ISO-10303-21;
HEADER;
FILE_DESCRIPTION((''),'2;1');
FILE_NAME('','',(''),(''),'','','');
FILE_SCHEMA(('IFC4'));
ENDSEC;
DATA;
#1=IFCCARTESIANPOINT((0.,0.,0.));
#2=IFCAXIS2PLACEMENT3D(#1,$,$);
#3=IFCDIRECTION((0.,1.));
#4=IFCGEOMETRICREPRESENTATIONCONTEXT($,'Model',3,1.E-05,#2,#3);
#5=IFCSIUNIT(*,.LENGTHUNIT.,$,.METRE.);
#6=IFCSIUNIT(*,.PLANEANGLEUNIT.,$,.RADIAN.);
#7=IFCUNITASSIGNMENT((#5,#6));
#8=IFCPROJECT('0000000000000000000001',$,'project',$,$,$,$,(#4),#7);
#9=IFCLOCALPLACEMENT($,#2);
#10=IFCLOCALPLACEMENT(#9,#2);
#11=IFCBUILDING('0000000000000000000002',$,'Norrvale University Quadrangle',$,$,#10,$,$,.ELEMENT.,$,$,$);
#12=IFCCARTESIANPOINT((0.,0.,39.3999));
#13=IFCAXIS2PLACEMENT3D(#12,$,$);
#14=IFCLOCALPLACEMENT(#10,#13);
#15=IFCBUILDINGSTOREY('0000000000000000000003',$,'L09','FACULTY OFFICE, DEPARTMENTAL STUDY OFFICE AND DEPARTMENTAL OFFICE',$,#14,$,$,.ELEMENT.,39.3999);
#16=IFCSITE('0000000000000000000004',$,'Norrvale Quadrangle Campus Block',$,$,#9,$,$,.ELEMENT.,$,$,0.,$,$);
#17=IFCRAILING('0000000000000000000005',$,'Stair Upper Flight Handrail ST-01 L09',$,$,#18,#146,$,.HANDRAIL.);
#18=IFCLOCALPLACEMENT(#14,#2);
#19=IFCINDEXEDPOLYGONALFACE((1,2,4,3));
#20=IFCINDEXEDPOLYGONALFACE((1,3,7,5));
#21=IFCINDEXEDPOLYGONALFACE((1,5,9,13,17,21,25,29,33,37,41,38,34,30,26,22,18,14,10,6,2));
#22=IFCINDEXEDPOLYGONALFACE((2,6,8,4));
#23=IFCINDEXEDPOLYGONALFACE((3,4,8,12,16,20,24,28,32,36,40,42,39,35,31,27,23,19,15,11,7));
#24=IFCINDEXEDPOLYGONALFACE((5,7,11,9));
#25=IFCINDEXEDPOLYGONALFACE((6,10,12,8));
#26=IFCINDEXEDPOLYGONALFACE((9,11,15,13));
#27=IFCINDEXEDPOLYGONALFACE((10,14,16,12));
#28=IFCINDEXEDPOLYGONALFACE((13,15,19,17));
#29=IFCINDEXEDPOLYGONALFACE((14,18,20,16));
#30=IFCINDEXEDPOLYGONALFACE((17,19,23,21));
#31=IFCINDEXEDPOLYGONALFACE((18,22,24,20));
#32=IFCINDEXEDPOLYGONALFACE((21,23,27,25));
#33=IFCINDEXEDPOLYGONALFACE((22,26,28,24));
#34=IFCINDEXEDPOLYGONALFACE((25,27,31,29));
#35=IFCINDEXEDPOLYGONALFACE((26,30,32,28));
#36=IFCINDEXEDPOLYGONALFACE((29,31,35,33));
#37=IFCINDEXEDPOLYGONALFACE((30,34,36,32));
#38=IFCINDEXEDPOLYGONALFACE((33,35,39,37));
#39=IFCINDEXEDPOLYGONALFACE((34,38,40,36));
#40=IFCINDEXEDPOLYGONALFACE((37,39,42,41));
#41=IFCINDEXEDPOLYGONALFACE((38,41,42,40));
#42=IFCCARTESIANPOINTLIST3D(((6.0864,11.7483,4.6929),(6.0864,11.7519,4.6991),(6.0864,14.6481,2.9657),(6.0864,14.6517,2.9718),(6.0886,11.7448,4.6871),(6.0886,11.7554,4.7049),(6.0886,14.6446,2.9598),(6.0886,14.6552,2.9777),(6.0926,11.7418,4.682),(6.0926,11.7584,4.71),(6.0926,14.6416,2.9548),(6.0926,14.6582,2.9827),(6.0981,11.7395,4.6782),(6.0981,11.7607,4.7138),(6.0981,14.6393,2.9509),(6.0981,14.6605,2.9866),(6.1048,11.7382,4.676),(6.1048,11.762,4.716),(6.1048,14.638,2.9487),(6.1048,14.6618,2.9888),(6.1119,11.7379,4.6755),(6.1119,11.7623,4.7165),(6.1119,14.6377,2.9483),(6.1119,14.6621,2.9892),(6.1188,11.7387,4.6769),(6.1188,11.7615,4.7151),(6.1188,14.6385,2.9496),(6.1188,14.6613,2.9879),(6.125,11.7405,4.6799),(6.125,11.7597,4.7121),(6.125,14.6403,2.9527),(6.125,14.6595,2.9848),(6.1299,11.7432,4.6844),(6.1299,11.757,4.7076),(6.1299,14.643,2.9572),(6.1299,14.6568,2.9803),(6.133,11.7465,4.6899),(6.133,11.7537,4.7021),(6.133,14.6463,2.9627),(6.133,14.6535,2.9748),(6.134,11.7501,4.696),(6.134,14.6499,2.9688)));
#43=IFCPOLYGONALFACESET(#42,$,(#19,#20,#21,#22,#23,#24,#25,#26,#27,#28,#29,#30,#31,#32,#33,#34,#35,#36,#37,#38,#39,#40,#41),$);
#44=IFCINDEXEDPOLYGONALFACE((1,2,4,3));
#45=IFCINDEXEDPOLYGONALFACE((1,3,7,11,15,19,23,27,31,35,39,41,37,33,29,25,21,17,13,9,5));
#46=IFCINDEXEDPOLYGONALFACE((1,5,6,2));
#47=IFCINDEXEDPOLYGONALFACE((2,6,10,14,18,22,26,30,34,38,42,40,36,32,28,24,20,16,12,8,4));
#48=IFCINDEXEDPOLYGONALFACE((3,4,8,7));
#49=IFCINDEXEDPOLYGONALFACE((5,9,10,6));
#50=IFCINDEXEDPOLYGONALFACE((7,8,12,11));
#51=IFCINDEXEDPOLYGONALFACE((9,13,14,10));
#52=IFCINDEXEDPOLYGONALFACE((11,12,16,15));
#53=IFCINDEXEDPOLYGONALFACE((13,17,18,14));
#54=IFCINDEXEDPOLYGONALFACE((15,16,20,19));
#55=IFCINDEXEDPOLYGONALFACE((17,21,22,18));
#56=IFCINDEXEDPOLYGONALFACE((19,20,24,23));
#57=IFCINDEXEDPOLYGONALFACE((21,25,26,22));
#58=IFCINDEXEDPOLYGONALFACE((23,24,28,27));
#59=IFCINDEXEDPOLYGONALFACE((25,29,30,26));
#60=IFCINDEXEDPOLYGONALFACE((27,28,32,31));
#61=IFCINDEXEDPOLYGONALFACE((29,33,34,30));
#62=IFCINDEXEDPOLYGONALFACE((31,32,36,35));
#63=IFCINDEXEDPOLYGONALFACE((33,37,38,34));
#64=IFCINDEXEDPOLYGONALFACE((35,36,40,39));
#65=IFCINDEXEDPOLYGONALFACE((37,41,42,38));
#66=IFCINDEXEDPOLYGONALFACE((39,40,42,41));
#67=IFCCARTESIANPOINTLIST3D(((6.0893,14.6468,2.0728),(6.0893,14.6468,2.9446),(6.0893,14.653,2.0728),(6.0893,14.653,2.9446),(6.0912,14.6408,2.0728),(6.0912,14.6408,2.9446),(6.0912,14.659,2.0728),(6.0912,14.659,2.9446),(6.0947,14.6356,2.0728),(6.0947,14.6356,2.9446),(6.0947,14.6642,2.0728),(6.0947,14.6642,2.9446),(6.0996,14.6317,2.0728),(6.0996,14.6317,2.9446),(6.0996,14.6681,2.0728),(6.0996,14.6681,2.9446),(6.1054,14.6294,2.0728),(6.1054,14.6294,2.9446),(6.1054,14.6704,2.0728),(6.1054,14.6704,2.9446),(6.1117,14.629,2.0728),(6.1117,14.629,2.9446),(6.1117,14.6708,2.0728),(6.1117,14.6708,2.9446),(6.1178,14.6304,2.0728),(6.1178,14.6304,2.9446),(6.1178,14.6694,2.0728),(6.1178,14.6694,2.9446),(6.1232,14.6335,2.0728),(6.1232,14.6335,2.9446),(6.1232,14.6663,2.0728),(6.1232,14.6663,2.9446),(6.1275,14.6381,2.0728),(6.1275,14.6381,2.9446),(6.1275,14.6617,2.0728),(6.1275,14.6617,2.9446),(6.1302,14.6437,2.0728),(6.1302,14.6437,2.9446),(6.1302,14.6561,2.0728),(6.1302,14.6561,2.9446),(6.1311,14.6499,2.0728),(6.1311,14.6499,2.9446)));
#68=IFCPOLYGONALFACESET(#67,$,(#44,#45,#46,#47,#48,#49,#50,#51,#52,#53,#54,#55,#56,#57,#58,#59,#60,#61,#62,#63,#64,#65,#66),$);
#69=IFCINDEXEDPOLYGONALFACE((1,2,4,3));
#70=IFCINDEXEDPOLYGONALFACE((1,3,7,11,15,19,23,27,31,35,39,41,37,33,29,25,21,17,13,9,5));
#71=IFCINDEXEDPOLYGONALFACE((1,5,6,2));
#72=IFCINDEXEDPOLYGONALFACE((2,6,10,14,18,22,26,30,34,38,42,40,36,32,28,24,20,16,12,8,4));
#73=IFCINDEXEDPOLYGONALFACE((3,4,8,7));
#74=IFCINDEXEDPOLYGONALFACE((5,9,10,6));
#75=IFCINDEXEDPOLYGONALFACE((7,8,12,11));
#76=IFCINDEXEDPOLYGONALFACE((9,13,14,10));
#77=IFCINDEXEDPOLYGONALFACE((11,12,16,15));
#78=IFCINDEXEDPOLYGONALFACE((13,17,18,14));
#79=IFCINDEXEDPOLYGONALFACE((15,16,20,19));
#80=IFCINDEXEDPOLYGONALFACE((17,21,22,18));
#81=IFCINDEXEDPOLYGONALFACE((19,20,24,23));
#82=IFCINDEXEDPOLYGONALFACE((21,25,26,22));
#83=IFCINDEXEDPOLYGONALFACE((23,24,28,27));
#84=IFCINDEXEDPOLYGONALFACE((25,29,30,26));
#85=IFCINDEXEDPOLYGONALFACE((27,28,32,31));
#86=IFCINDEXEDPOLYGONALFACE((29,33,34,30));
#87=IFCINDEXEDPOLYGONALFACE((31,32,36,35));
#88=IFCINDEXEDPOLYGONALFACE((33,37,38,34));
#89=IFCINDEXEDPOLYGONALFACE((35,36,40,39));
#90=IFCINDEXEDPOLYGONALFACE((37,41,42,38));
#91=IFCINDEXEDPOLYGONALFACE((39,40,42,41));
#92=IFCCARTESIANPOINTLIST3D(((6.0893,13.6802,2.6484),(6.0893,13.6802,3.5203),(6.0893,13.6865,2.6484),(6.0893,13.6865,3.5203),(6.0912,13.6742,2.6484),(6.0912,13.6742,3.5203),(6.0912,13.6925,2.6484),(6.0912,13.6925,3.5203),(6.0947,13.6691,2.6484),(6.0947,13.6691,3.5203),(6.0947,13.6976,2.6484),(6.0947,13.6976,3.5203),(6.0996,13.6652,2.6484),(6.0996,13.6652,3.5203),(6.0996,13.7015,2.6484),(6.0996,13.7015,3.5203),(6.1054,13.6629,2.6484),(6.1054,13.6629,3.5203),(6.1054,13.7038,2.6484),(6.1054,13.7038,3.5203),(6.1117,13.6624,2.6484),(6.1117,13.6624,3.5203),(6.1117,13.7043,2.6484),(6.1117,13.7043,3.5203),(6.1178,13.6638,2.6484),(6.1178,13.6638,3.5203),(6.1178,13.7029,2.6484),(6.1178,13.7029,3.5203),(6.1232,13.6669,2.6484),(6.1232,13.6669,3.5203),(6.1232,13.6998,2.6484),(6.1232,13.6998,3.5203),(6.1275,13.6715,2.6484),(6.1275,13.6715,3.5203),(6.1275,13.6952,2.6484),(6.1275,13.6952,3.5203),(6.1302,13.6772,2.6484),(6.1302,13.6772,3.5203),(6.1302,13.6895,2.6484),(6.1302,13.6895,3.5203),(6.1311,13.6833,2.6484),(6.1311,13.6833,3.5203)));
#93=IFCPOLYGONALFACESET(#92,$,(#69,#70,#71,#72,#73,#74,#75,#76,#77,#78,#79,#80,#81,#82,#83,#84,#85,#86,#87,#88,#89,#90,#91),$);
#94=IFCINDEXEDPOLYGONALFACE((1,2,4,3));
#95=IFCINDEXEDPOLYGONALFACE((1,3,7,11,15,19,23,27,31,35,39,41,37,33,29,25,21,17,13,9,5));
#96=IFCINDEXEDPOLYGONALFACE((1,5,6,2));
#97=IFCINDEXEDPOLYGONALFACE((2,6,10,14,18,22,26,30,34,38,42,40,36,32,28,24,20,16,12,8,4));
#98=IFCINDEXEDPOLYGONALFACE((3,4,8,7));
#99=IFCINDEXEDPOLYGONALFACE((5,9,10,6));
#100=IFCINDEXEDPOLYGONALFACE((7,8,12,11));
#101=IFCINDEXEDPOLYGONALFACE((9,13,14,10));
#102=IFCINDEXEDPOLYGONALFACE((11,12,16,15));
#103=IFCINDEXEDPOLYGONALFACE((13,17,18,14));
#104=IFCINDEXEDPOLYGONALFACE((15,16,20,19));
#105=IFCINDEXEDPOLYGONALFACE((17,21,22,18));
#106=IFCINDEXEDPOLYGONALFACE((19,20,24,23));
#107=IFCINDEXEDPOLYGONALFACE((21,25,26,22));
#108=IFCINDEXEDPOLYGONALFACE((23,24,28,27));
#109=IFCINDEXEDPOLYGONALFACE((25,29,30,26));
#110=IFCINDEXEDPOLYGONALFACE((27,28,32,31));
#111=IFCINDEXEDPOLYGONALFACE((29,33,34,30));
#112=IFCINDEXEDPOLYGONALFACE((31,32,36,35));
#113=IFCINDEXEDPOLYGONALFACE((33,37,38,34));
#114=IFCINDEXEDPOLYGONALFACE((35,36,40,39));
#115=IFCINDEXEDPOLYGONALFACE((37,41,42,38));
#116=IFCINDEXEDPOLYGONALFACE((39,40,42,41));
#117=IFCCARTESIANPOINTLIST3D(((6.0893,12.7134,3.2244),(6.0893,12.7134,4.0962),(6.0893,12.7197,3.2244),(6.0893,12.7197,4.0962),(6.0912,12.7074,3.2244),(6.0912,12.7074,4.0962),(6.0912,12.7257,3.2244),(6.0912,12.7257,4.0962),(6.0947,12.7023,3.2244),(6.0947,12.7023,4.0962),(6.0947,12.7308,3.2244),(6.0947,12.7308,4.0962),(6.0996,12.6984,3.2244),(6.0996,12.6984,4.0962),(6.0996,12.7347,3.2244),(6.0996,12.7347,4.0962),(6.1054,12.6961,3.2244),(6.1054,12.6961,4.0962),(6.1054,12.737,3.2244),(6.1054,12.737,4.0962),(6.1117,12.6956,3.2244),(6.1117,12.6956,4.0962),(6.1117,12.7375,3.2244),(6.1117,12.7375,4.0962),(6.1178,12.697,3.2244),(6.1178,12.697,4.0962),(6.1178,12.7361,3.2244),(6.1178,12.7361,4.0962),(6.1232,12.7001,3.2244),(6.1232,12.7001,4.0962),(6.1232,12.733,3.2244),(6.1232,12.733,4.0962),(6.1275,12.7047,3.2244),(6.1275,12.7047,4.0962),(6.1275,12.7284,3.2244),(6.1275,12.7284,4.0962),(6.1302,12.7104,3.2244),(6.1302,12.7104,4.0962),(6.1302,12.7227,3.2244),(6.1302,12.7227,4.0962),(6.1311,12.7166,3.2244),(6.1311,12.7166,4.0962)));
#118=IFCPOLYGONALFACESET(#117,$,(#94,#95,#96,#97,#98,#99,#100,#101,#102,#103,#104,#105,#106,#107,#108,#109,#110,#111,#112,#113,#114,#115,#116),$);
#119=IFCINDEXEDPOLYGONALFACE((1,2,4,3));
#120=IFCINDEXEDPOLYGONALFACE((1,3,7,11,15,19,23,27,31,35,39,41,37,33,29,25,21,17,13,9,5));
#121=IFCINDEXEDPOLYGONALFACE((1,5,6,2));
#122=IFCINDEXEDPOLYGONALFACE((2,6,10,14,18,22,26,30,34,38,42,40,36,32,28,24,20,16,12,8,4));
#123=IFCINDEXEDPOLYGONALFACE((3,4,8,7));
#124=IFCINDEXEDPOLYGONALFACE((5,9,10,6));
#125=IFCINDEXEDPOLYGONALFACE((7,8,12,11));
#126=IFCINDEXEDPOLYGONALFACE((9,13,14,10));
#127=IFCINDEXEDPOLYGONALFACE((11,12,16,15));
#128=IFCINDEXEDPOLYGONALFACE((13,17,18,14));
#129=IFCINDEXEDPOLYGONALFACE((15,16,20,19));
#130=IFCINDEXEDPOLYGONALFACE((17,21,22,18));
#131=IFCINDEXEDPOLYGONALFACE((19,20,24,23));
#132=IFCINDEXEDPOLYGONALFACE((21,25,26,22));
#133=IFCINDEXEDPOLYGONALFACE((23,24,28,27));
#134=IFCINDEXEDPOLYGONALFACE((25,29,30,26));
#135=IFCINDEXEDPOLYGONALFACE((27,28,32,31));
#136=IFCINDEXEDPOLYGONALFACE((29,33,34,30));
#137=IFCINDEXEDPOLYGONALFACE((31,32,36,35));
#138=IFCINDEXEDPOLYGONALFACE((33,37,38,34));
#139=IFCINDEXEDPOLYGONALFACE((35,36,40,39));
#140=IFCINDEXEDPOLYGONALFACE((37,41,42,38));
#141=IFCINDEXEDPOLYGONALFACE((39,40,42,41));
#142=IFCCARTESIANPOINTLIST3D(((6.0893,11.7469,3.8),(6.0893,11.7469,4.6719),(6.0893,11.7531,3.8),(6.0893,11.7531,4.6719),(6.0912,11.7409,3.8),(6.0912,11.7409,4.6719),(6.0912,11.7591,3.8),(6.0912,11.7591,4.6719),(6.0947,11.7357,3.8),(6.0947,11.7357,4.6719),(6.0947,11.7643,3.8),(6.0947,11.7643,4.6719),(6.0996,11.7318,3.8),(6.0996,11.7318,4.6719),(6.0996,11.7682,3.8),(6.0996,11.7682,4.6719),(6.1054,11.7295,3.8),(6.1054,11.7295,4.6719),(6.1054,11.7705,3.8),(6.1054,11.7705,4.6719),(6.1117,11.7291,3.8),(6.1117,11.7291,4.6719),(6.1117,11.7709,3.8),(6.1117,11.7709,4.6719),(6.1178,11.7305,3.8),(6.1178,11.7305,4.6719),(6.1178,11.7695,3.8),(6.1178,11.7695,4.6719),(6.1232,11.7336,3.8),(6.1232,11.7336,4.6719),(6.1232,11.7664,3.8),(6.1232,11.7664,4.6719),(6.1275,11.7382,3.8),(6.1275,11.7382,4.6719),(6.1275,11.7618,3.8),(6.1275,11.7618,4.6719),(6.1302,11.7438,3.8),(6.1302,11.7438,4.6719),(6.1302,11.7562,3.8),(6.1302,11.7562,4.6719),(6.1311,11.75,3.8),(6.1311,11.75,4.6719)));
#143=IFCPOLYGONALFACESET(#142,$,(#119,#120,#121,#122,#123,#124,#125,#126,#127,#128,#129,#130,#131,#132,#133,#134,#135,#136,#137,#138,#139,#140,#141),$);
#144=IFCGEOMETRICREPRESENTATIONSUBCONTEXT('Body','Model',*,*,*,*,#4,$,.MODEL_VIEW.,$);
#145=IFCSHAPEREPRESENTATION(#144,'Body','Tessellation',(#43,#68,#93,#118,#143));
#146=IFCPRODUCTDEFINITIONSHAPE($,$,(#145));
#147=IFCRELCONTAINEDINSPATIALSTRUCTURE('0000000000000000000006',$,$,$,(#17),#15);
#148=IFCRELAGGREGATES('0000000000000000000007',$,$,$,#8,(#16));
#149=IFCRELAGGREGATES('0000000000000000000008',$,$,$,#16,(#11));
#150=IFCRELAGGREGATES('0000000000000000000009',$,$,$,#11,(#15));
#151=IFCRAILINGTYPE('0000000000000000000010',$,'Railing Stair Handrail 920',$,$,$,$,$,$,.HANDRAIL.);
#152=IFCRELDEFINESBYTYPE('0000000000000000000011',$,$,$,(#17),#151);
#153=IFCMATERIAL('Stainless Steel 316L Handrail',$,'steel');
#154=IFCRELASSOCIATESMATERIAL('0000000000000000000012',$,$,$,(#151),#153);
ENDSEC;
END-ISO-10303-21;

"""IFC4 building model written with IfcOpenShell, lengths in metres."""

from ifc_helpers import new_model, si_unit, direction, frame, origin, origin_2d, place, context, subcontext, project, spatial, circle, extrude, material, type_object, element, save


model = new_model("IFC4")

# Units and contexts
model_context = context("Model", 3, precision=1e-05, world=origin(), true_north=direction((0.0, 1.0)))
body_context = subcontext(model_context, "Body", "Model", "MODEL_VIEW")
ifc_project = project(units=[si_unit("LENGTHUNIT", "METRE"), si_unit("PLANEANGLEUNIT", "RADIAN")], contexts=[model_context])

# Site, building, storey
site_placement = place(None, origin())
site = spatial("IfcSite", under=ifc_project, at=site_placement, Name="Norrvale Quadrangle Campus Block", CompositionType="ELEMENT", RefElevation=0.0)
building_placement = place(site_placement, origin())
building = spatial("IfcBuilding", under=site, at=building_placement, Name="Norrvale University Quadrangle", CompositionType="ELEMENT")
storey_placement = place(building_placement, frame((0.0, 0.0, 39.3999)))
storey = spatial("IfcBuildingStorey", under=building, at=storey_placement, Name="L09", Description="FACULTY OFFICE, DEPARTMENTAL STUDY OFFICE AND DEPARTMENTAL OFFICE", CompositionType="ELEMENT", Elevation=39.3999)

# Railing
ifc_material_1 = material(Name="Stainless Steel 316L Handrail", Category="steel")
railing_type_1 = type_object("IfcRailingType", Name="Railing Stair Handrail 920", PredefinedType="HANDRAIL", material=ifc_material_1)
railing_1_placement = place(storey_placement, frame((6.1101, 14.6499, 2.0728)))
element("IfcRailing", 1, at=railing_1_placement, inside=storey, type_object=railing_type_1, Name="Stair Upper Flight Handrail ST-01 L09", PredefinedType="HANDRAIL", context=body_context, shape_type="SweptSolid", body=[
    extrude(circle(Radius=0.0239, at=origin_2d()), frame((0.0, 0.0, 0.896), z_axis=(0.0, -0.859141, 0.511738), x_axis=(1.0, 0.0, 0.0)), (0.0, 0.0, 1.0), 3.3752),
    extrude(circle(Radius=0.021, at=origin_2d()), origin(), (0.0, 0.0, 1.0), 0.8718),
    extrude(circle(Radius=0.021, at=origin_2d()), frame((0.0, -0.9666, 0.5757)), (0.0, 0.0, 1.0), 0.8718),
    extrude(circle(Radius=0.021, at=origin_2d()), frame((0.0, -1.9333, 1.1516)), (0.0, 0.0, 1.0), 0.8718),
    extrude(circle(Radius=0.021, at=origin_2d()), frame((0.0, -2.8999, 1.7273)), (0.0, 0.0, 1.0), 0.8718),
])

save(model, "model.ifc")
